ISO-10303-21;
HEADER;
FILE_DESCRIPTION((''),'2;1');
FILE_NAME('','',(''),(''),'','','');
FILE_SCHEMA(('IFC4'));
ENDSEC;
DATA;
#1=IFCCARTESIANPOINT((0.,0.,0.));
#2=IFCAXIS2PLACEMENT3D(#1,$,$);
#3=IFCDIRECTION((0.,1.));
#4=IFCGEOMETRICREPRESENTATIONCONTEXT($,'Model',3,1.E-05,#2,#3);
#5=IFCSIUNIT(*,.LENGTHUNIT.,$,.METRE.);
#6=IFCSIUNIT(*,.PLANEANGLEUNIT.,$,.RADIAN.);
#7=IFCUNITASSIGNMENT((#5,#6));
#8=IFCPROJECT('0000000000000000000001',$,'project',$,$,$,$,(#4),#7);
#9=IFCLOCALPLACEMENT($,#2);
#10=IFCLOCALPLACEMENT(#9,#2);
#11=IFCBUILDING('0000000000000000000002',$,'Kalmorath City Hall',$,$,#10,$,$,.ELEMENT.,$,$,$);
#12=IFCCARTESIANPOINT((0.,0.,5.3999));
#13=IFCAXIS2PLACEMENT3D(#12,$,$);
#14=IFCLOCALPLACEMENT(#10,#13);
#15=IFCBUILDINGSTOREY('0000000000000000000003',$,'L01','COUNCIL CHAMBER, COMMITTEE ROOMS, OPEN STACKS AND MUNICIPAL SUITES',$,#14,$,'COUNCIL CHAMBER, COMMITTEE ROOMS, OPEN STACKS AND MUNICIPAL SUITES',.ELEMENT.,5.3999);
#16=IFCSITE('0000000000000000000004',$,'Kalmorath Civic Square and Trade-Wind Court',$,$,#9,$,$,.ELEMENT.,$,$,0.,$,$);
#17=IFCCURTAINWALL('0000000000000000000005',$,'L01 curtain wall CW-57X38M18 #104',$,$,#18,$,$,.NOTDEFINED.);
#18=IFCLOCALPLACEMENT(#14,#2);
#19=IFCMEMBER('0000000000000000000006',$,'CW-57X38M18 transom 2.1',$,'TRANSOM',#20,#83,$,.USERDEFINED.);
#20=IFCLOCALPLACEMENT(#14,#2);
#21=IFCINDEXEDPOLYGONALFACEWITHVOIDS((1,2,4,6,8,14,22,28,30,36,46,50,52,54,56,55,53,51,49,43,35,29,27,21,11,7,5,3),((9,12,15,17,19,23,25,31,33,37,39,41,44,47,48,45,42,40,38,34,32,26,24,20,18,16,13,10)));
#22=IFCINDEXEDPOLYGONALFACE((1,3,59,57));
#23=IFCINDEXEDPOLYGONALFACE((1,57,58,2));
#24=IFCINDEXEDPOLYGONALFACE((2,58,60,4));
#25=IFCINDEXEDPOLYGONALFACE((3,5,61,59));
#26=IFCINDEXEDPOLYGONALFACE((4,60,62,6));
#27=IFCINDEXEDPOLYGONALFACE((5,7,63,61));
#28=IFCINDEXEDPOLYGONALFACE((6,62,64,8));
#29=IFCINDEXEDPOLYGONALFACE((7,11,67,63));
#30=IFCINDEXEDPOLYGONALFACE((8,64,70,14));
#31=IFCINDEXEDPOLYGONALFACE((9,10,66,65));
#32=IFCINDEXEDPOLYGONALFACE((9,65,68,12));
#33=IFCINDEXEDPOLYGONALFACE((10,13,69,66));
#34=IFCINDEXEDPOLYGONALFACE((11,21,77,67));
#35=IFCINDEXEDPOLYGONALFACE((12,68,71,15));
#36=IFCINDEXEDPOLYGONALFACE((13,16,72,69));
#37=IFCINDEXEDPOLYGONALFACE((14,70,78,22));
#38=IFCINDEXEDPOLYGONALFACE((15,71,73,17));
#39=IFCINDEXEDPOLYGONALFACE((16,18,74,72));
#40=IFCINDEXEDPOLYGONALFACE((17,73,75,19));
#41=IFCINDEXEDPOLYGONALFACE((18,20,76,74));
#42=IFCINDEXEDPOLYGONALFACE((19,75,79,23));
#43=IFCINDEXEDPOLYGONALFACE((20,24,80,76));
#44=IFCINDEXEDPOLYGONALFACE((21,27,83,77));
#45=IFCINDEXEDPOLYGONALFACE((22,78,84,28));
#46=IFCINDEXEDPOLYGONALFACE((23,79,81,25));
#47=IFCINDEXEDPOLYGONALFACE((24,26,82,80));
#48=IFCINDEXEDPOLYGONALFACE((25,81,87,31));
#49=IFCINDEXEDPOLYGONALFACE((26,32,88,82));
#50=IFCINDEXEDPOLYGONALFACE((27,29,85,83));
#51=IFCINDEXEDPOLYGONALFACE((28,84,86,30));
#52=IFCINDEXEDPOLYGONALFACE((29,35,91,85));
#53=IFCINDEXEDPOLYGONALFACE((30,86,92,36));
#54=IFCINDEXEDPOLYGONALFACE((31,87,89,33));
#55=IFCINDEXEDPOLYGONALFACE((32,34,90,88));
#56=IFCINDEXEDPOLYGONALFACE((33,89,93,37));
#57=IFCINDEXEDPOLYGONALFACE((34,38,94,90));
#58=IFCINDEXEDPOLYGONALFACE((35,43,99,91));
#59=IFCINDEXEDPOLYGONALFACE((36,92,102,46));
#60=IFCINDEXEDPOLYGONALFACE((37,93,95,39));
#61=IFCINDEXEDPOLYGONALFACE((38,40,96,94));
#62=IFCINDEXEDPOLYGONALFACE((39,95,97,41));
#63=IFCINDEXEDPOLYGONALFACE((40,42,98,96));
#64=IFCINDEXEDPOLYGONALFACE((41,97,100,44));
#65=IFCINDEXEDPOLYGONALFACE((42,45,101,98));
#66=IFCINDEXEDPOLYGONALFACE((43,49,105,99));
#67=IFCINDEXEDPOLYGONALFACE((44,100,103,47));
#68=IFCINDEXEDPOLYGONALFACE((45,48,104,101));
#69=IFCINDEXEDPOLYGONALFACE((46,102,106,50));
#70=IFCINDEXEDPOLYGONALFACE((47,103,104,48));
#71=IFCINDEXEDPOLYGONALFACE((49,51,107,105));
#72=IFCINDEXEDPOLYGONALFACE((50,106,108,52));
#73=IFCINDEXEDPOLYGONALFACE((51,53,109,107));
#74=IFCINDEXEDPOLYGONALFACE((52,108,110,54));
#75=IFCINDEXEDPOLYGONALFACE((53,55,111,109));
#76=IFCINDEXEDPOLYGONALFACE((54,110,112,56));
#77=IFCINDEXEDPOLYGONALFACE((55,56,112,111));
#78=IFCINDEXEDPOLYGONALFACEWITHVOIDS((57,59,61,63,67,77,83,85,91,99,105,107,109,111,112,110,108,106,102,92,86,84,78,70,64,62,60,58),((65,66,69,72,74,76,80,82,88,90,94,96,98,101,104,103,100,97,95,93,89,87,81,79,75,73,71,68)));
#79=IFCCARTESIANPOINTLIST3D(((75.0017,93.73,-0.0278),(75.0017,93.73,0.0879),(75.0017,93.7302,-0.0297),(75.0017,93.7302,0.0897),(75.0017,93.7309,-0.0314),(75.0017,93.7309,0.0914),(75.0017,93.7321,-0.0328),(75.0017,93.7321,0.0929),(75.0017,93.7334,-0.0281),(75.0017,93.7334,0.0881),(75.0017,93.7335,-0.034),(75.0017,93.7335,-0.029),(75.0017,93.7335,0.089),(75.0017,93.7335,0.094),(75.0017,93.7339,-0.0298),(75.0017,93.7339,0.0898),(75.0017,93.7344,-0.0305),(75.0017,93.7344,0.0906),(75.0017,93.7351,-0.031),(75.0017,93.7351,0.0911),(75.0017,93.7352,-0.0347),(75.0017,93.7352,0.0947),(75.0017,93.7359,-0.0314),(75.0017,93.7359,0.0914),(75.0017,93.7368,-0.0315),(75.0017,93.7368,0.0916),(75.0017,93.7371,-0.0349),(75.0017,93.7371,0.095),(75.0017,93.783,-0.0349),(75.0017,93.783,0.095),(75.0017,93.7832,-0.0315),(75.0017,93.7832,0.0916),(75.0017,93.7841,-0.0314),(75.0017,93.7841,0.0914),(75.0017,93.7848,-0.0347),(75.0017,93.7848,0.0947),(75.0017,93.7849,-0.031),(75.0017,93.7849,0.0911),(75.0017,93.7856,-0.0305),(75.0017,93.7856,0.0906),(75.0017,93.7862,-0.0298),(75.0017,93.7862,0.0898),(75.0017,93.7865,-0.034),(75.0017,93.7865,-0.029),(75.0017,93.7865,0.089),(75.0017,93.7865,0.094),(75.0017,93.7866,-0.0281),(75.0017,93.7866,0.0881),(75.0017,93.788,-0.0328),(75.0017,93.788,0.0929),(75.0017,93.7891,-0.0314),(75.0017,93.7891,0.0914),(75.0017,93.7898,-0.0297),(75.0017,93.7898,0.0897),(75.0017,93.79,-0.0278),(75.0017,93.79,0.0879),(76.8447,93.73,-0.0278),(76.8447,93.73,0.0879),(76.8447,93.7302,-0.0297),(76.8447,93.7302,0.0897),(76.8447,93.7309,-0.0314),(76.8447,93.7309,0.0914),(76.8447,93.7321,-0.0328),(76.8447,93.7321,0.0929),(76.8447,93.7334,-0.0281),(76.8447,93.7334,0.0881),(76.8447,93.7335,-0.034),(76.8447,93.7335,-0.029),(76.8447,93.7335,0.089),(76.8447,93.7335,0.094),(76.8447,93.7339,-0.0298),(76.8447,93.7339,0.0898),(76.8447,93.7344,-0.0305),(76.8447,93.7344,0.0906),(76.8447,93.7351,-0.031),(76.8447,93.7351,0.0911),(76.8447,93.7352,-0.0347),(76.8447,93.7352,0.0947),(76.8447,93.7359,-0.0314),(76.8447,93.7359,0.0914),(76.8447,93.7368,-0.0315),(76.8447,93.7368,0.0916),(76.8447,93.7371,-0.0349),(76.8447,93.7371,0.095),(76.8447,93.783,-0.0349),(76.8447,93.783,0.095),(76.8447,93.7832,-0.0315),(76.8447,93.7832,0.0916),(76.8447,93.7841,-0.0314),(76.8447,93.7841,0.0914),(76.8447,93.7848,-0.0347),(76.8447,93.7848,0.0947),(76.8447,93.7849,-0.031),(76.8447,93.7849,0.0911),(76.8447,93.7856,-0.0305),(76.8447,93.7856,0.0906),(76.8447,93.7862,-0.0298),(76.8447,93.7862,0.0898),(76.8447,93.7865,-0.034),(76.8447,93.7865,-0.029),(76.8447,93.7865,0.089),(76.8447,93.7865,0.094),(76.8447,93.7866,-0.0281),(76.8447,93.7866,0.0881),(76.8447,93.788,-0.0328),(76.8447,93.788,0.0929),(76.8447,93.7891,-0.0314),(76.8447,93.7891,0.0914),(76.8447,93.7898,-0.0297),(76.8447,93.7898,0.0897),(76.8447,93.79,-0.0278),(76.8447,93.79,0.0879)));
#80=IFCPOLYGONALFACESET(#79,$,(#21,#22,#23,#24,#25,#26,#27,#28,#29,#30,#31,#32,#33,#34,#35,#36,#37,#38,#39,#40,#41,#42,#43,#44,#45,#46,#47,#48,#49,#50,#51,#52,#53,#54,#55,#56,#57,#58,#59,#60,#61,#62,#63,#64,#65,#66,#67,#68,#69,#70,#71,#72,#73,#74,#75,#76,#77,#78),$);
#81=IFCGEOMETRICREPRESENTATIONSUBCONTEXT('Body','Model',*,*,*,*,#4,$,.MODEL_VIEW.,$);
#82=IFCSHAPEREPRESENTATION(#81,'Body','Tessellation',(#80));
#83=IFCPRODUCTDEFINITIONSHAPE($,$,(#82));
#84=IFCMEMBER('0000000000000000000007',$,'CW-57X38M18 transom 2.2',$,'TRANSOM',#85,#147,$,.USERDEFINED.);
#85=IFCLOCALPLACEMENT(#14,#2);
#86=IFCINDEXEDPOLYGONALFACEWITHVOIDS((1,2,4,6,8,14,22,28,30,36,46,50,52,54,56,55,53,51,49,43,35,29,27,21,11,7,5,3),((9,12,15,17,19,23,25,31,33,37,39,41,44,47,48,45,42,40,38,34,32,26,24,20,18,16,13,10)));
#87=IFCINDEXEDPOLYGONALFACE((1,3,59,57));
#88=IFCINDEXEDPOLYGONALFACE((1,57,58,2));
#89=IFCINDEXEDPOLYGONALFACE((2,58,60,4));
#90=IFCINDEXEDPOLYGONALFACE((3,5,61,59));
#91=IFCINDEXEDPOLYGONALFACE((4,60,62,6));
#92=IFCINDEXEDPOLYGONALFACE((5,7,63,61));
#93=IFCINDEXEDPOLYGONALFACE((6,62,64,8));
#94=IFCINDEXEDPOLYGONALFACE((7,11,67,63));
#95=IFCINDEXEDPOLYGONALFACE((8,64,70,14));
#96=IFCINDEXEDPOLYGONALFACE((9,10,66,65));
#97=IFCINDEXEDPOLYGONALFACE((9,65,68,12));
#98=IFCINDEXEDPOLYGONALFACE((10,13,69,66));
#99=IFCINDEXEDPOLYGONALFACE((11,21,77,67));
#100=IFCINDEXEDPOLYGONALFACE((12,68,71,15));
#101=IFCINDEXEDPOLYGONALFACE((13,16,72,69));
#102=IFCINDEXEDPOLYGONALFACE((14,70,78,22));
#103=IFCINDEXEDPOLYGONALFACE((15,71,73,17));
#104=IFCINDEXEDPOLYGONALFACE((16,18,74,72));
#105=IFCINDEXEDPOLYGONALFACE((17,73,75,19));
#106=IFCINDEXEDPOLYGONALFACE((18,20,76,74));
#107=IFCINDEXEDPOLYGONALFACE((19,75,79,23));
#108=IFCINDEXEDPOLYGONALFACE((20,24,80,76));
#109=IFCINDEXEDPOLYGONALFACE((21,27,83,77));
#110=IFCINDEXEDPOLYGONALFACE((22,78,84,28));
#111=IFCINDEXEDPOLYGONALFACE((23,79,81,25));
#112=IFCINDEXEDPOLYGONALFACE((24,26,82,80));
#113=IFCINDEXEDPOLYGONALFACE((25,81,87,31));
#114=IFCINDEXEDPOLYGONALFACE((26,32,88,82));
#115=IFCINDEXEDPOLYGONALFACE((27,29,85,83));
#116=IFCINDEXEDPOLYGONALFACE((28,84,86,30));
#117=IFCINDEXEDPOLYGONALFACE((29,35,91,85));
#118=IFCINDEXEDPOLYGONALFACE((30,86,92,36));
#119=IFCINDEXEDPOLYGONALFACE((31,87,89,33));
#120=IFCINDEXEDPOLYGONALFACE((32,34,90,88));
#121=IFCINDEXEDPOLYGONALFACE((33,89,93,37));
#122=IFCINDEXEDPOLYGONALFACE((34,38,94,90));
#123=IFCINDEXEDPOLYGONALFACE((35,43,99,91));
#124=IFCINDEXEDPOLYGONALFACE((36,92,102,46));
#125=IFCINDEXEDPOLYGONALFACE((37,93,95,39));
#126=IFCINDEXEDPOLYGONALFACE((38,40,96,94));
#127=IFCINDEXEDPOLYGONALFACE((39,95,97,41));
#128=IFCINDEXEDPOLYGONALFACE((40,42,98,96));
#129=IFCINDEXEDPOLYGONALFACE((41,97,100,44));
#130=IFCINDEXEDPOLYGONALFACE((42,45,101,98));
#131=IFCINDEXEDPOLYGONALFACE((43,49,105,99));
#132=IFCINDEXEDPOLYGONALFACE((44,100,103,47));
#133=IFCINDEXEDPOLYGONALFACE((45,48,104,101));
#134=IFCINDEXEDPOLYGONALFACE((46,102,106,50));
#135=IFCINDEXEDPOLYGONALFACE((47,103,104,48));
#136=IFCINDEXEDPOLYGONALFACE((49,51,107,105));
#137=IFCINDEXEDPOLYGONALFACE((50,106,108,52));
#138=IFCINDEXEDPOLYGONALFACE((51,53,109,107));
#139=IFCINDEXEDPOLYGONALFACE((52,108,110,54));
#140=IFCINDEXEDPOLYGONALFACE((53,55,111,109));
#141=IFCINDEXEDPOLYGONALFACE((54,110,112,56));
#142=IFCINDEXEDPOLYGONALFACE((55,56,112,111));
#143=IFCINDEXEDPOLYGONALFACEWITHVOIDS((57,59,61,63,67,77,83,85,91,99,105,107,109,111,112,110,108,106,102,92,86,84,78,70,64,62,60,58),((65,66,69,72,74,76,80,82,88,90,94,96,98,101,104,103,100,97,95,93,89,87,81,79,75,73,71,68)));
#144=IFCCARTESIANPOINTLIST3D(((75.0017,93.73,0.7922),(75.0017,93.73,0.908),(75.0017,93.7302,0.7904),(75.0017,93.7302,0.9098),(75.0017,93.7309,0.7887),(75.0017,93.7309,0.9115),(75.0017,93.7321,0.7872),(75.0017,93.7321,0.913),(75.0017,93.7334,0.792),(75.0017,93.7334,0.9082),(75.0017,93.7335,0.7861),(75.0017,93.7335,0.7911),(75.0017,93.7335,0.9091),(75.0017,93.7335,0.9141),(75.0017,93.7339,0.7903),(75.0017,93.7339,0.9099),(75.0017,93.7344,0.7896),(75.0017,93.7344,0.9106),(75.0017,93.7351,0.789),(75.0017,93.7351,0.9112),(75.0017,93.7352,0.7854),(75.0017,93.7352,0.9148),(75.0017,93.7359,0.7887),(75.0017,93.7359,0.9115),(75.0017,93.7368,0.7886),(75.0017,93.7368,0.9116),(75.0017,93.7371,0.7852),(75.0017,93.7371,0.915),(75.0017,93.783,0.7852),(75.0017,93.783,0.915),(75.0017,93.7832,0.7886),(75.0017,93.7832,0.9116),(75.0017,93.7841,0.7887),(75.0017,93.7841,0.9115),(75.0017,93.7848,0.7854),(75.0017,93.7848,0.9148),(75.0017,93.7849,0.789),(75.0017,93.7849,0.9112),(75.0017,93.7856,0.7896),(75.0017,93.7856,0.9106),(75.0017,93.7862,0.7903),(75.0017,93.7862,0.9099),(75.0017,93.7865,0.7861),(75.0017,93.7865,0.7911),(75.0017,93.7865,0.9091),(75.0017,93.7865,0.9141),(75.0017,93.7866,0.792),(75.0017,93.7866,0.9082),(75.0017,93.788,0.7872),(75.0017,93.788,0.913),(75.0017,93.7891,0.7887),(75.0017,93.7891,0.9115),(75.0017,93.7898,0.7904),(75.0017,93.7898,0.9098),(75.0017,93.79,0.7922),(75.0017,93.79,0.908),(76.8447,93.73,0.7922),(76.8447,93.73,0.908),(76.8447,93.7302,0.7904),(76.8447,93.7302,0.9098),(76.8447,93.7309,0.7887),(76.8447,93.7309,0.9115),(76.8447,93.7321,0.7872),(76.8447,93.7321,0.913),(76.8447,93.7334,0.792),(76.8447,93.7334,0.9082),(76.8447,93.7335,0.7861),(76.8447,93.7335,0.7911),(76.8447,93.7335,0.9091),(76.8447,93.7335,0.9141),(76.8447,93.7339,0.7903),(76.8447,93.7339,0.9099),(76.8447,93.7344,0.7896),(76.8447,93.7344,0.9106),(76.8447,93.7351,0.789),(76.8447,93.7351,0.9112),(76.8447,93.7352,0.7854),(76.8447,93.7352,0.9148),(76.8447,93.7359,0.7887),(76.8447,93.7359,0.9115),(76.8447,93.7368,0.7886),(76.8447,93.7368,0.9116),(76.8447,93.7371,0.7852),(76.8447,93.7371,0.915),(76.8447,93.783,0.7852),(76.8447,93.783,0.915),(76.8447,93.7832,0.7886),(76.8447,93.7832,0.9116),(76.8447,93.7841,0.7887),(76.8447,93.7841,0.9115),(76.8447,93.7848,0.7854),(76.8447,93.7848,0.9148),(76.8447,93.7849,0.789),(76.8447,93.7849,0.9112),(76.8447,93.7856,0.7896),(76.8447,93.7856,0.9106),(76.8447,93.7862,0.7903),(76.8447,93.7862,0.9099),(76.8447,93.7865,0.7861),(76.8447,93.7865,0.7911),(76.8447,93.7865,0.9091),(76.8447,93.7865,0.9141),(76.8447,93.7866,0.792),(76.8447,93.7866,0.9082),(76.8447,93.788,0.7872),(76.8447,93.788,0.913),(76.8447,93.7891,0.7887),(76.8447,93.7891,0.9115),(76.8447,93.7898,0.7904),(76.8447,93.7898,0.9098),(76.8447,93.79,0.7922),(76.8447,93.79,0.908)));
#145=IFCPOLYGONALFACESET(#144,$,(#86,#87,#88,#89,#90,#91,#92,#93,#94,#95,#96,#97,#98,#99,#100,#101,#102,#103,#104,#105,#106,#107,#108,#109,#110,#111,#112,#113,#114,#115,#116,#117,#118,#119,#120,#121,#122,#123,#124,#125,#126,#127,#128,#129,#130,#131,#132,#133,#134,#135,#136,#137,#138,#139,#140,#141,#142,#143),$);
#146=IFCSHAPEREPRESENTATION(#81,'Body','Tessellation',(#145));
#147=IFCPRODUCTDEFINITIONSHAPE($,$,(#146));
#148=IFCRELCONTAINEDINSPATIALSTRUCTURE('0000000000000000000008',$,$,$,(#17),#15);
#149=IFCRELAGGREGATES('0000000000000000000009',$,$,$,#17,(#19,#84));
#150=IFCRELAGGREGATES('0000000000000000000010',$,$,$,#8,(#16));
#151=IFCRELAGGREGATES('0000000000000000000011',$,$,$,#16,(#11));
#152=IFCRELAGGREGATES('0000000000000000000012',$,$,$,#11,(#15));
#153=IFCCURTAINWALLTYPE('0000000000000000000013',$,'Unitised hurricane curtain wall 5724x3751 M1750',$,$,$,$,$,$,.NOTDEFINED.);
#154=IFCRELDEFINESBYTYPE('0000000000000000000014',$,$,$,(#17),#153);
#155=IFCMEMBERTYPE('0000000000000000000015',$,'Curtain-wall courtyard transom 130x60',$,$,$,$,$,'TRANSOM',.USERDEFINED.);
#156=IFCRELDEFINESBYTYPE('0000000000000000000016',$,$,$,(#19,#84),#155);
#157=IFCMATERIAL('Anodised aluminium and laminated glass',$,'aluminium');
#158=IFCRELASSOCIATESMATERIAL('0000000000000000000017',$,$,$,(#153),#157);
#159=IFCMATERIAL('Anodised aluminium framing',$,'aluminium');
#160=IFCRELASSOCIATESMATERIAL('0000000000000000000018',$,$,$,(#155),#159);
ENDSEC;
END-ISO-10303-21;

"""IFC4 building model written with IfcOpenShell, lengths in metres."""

from ifc_helpers import new_model, si_unit, direction, frame, origin, origin_2d, place, context, subcontext, project, spatial, hollow_rectangle, extrude, material, material_profile, profile_set, type_object, element, aggregate, save


model = new_model("IFC4")

# Units and contexts
model_context = context("Model", 3, precision=1e-05, world=origin(), true_north=direction((0.0, 1.0)))
body_context = subcontext(model_context, "Body", "Model", "MODEL_VIEW")
ifc_project = project(units=[si_unit("LENGTHUNIT", "METRE"), si_unit("PLANEANGLEUNIT", "RADIAN")], contexts=[model_context])

# Site, building, storey
site_placement = place(None, origin())
site = spatial("IfcSite", under=ifc_project, at=site_placement, Name="Kalmorath Civic Square and Trade-Wind Court", CompositionType="ELEMENT", RefElevation=0.0)
building_placement = place(site_placement, origin())
building = spatial("IfcBuilding", under=site, at=building_placement, Name="Kalmorath City Hall", CompositionType="ELEMENT")
storey_placement = place(building_placement, frame((0.0, 0.0, 5.3999)))
storey = spatial("IfcBuildingStorey", under=building, at=storey_placement, Name="L01", Description="COUNCIL CHAMBER, COMMITTEE ROOMS, OPEN STACKS AND MUNICIPAL SUITES", LongName="COUNCIL CHAMBER, COMMITTEE ROOMS, OPEN STACKS AND MUNICIPAL SUITES", CompositionType="ELEMENT", Elevation=5.3999)

# Curtain wall, members
ifc_material_1 = material(Name="Anodised aluminium and laminated glass", Category="aluminium")
curtain_wall_type = type_object("IfcCurtainWallType", Name="Unitised hurricane curtain wall 5724x3751 M1750", PredefinedType="NOTDEFINED", material=ifc_material_1)
curtain_wall_placement = place(storey_placement, origin())
curtain_wall = element("IfcCurtainWall", 1, at=curtain_wall_placement, inside=storey, type_object=curtain_wall_type, Name="L01 curtain wall CW-57X38M18 #104", PredefinedType="NOTDEFINED")
ifc_material_2 = material(Name="Anodised aluminium framing", Category="aluminium")
ifc_material_profile_1 = material_profile(ifc_material_2, hollow_rectangle(XDim=0.0601, YDim=0.1299, WallThickness=0.0034, InnerFilletRadius=0.0034, OuterFilletRadius=0.0071, at=origin_2d()), Name="ALU-TRN-130X60X3.5")
ifc_profile_set_1 = profile_set([ifc_material_profile_1], Name="Anodised aluminium framing")
member_type_1 = type_object("IfcMemberType", Name="Curtain-wall courtyard transom 130x60", ElementType="TRANSOM", PredefinedType="USERDEFINED", material=ifc_profile_set_1)
member_1_placement = place(storey_placement, frame((76.8447, 93.76, 0.03), z_axis=(-1.0, 0.0, 0.0), x_axis=(0.0, -1.0, 0.0)))
member_1 = element("IfcMember", 2, at=member_1_placement, type_object=member_type_1, Name="CW-57X38M18 transom 2.1", ObjectType="TRANSOM", PredefinedType="USERDEFINED", context=body_context, shape_type="SweptSolid", body=[
    extrude(hollow_rectangle(XDim=0.0601, YDim=0.1299, WallThickness=0.0034, InnerFilletRadius=0.0034, OuterFilletRadius=0.0071, at=origin_2d()), origin(), (0.0, 0.0, 1.0), 1.843),
])
member_2_placement = place(storey_placement, frame((76.8447, 93.76, 0.8501), z_axis=(-1.0, 0.0, 0.0), x_axis=(0.0, -1.0, 0.0)))
member_2 = element("IfcMember", 3, at=member_2_placement, type_object=member_type_1, Name="CW-57X38M18 transom 2.2", ObjectType="TRANSOM", PredefinedType="USERDEFINED", context=body_context, shape_type="SweptSolid", body=[
    extrude(hollow_rectangle(XDim=0.0601, YDim=0.1299, WallThickness=0.0034, InnerFilletRadius=0.0034, OuterFilletRadius=0.0071, at=origin_2d()), origin(), (0.0, 0.0, 1.0), 1.843),
])
aggregate(curtain_wall, [member_1, member_2])

save(model, "model.ifc")
